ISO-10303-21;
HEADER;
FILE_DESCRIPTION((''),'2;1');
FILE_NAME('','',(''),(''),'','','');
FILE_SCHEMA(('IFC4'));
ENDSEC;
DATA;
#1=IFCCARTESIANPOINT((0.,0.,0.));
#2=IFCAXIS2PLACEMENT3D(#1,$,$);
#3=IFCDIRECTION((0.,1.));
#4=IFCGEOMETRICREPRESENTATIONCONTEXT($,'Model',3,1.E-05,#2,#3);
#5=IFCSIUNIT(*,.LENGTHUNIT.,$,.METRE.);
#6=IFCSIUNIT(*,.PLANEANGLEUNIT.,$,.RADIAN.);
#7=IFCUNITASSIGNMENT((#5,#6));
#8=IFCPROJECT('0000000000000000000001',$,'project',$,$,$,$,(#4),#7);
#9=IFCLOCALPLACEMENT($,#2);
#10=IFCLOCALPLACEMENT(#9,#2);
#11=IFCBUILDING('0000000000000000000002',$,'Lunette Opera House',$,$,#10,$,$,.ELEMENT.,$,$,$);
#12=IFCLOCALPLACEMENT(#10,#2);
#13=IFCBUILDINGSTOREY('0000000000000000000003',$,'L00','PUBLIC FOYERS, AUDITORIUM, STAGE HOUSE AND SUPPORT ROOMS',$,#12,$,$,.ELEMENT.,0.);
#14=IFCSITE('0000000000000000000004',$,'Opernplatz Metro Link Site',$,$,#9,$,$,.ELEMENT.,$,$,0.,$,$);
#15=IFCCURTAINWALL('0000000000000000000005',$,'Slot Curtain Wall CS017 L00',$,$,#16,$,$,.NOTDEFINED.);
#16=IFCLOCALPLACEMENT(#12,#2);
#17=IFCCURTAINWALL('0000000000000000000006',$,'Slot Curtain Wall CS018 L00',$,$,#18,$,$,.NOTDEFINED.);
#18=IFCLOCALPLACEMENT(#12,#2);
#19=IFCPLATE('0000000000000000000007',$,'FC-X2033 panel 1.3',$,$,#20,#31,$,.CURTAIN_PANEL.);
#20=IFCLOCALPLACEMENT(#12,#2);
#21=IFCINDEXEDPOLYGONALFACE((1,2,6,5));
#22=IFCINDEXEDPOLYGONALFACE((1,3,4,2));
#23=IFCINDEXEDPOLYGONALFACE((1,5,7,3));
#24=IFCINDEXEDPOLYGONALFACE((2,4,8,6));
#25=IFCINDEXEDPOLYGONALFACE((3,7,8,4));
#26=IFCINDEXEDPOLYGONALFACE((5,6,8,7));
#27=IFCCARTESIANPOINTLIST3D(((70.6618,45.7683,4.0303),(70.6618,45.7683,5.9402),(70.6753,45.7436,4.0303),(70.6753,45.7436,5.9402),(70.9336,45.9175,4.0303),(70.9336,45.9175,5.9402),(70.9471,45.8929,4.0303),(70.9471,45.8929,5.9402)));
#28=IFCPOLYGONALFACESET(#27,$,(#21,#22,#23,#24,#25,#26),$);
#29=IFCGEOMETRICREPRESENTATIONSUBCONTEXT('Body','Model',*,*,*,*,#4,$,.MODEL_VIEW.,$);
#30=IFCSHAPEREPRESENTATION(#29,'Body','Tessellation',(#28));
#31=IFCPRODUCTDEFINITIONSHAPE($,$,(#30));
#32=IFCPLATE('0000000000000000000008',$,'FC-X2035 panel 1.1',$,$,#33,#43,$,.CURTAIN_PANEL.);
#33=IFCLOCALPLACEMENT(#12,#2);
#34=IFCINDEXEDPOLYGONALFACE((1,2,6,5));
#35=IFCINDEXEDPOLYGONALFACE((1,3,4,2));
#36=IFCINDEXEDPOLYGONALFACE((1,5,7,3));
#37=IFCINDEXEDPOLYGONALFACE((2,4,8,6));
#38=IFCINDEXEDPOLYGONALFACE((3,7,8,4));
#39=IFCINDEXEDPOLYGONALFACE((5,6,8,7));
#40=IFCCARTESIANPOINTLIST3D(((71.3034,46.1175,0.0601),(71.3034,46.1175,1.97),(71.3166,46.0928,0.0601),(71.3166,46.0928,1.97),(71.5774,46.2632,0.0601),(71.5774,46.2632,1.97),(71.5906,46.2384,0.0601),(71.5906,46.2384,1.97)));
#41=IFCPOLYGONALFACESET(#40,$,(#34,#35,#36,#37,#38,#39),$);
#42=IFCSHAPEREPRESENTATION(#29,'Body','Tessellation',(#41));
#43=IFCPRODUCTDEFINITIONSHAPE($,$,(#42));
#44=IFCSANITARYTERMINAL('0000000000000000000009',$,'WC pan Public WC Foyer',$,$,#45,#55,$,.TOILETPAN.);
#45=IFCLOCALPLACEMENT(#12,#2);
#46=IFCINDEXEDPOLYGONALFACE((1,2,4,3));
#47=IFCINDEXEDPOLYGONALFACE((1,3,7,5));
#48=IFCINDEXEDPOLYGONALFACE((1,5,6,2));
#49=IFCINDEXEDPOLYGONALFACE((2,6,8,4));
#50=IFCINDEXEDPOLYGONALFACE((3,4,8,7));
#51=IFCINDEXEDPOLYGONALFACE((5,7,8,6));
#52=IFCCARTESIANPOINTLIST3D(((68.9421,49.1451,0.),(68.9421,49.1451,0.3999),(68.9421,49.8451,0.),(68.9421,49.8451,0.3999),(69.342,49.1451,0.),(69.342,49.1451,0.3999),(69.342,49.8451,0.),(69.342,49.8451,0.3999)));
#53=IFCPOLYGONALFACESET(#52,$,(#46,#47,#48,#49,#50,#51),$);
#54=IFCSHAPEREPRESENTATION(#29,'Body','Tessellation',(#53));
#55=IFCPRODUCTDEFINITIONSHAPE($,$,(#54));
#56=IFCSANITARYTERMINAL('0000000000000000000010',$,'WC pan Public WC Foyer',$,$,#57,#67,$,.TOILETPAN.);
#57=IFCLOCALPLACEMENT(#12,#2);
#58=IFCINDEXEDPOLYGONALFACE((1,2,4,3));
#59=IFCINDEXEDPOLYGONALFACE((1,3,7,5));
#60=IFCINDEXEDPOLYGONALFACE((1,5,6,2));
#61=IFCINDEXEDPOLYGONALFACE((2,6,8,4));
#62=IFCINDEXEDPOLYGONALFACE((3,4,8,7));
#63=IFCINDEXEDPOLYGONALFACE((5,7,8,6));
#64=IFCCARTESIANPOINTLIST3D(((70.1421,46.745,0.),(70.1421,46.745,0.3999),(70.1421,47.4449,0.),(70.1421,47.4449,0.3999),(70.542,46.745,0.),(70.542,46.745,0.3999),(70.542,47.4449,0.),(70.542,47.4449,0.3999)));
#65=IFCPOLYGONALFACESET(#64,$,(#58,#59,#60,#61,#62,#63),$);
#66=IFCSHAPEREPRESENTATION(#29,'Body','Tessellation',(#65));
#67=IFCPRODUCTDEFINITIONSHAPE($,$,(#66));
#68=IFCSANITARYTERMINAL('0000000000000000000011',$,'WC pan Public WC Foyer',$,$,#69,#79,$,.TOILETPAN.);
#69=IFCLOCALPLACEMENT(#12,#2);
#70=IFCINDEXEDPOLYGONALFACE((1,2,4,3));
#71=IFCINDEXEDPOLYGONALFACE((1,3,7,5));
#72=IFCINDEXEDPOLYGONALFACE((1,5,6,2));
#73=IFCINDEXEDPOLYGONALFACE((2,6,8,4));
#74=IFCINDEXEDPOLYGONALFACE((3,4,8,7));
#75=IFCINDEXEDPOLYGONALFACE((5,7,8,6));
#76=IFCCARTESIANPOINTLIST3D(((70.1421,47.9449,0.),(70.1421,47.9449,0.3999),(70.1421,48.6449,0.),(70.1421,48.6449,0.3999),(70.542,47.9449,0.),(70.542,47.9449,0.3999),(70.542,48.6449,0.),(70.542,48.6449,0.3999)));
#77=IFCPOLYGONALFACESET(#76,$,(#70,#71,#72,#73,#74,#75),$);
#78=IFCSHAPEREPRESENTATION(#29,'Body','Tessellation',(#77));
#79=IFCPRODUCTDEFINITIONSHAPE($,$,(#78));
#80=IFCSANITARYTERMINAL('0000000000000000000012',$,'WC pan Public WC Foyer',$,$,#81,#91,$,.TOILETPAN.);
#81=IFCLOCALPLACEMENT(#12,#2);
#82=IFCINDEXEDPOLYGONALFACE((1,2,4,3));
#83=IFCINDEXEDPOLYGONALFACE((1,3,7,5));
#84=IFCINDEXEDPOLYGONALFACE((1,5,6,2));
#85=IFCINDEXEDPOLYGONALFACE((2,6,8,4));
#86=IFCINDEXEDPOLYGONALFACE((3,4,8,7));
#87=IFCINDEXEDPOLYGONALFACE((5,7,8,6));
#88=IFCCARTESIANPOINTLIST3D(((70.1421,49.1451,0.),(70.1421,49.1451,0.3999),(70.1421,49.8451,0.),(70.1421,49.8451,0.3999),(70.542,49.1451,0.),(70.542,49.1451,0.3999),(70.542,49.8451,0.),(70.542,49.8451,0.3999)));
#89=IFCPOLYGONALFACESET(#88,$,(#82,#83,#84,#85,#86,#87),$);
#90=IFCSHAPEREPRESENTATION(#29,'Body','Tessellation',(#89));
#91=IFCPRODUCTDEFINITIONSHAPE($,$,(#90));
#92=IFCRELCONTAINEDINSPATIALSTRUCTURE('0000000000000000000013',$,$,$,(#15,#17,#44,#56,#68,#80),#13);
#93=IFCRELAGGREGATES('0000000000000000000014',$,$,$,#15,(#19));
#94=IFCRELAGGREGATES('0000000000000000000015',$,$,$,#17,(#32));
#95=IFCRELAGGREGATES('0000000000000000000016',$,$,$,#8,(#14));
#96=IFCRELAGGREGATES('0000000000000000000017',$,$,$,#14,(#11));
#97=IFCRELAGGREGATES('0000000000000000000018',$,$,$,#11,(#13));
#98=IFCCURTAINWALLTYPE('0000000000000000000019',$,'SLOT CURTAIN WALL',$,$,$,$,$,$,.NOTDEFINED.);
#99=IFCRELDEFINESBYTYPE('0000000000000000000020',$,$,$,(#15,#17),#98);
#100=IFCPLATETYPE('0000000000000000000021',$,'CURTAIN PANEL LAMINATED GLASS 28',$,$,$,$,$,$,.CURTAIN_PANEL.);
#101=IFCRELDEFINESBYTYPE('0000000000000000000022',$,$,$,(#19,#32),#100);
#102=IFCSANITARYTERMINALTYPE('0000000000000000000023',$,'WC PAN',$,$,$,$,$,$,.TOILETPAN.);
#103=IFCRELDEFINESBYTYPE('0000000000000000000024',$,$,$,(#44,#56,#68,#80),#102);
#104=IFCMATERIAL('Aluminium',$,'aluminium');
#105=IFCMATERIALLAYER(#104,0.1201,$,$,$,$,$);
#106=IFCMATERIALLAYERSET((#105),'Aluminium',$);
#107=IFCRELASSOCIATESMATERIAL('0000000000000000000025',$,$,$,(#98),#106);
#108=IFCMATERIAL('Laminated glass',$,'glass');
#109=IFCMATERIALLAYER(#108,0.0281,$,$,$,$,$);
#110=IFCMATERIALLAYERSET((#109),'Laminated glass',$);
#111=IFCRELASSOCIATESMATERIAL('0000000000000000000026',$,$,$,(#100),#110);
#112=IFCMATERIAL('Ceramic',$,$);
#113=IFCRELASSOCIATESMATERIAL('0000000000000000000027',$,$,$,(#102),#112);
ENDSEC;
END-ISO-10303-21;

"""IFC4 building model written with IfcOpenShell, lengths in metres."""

from ifc_helpers import new_model, si_unit, direction, frame, origin, origin_2d, place, context, subcontext, project, spatial, rectangle, extrude, material, layer, layer_set, type_object, element, aggregate, save


model = new_model("IFC4")

# Units and contexts
model_context = context("Model", 3, precision=1e-05, world=origin(), true_north=direction((0.0, 1.0)))
body_context = subcontext(model_context, "Body", "Model", "MODEL_VIEW")
ifc_project = project(units=[si_unit("LENGTHUNIT", "METRE"), si_unit("PLANEANGLEUNIT", "RADIAN")], contexts=[model_context])

# Site, building, storey
site_placement = place(None, origin())
site = spatial("IfcSite", under=ifc_project, at=site_placement, Name="Opernplatz Metro Link Site", CompositionType="ELEMENT", RefElevation=0.0)
building_placement = place(site_placement, origin())
building = spatial("IfcBuilding", under=site, at=building_placement, Name="Lunette Opera House", CompositionType="ELEMENT")
storey_placement = place(building_placement, origin())
storey = spatial("IfcBuildingStorey", under=building, at=storey_placement, Name="L00", Description="PUBLIC FOYERS, AUDITORIUM, STAGE HOUSE AND SUPPORT ROOMS", CompositionType="ELEMENT", Elevation=0.0)

# Shared definitions
ifc_material_1 = material(Name="Aluminium", Category="aluminium")
ifc_layer_1 = layer(ifc_material_1, 0.1201)
ifc_layer_set_1 = layer_set([ifc_layer_1], Name="Aluminium")
curtain_wall_type = type_object("IfcCurtainWallType", Name="SLOT CURTAIN WALL", PredefinedType="NOTDEFINED", material=ifc_layer_set_1)

# Curtain wall
curtain_wall_1_placement = place(storey_placement, origin())
curtain_wall_1 = element("IfcCurtainWall", 1, at=curtain_wall_1_placement, inside=storey, type_object=curtain_wall_type, Name="Slot Curtain Wall CS017 L00", PredefinedType="NOTDEFINED")

# Curtain wall
curtain_wall_2_placement = place(storey_placement, origin())
curtain_wall_2 = element("IfcCurtainWall", 2, at=curtain_wall_2_placement, inside=storey, type_object=curtain_wall_type, Name="Slot Curtain Wall CS018 L00", PredefinedType="NOTDEFINED")

# Plates
ifc_material_2 = material(Name="Laminated glass", Category="glass")
ifc_layer_2 = layer(ifc_material_2, 0.0281)
ifc_layer_set_2 = layer_set([ifc_layer_2], Name="Laminated glass")
plate_type = type_object("IfcPlateType", Name="CURTAIN PANEL LAMINATED GLASS 28", PredefinedType="CURTAIN_PANEL", material=ifc_layer_set_2)
plate_1_placement = place(storey_placement, frame((70.8044, 45.8306, 4.0303), z_axis=(0.0, 0.0, 1.0), x_axis=(0.876559, 0.481294, 0.0)))
plate_1 = element("IfcPlate", 3, at=plate_1_placement, type_object=plate_type, Name="FC-X2033 panel 1.3", PredefinedType="CURTAIN_PANEL", context=body_context, shape_type="SweptSolid", body=[
    extrude(rectangle(XDim=0.3101, YDim=0.0281, at=origin_2d()), origin(), (0.0, 0.0, 1.0), 1.9099),
])
aggregate(curtain_wall_1, [plate_1])
plate_2_placement = place(storey_placement, frame((71.447, 46.178, 0.0601), z_axis=(0.0, 0.0, 1.0), x_axis=(0.882995, 0.469382, 0.0)))
plate_2 = element("IfcPlate", 4, at=plate_2_placement, type_object=plate_type, Name="FC-X2035 panel 1.1", PredefinedType="CURTAIN_PANEL", context=body_context, shape_type="SweptSolid", body=[
    extrude(rectangle(XDim=0.3103, YDim=0.0281, at=origin_2d()), origin(), (0.0, 0.0, 1.0), 1.9099),
])
aggregate(curtain_wall_2, [plate_2])

# Sanitary terminals
ifc_material_3 = material(Name="Ceramic")
sanitary_terminal_type = type_object("IfcSanitaryTerminalType", Name="WC PAN", PredefinedType="TOILETPAN", material=ifc_material_3)
for number, where, z_axis, x_axis, name in (
    (5, (69.1421, 49.4951, 0.0), (0.0, 0.0, 1.0), (1.0, 0.0, 0.0), "WC pan Public WC Foyer"),
    (6, (70.342, 47.095, 0.0), (0.0, 0.0, 1.0), (1.0, 0.0, 0.0), "WC pan Public WC Foyer"),
    (7, (70.342, 48.2949, 0.0), (0.0, 0.0, 1.0), (1.0, 0.0, 0.0), "WC pan Public WC Foyer"),
    (8, (70.342, 49.4951, 0.0), (0.0, 0.0, 1.0), (1.0, 0.0, 0.0), "WC pan Public WC Foyer"),
):
    element("IfcSanitaryTerminal", number, at=place(storey_placement, frame(where, z_axis=z_axis, x_axis=x_axis)), inside=storey, type_object=sanitary_terminal_type, Name=name, PredefinedType="TOILETPAN", context=body_context, shape_type="SweptSolid", body=[
        extrude(rectangle(XDim=0.3999, YDim=0.7, at=origin_2d()), origin(), (0.0, 0.0, 1.0), 0.3999),
    ])

save(model, "model.ifc")
